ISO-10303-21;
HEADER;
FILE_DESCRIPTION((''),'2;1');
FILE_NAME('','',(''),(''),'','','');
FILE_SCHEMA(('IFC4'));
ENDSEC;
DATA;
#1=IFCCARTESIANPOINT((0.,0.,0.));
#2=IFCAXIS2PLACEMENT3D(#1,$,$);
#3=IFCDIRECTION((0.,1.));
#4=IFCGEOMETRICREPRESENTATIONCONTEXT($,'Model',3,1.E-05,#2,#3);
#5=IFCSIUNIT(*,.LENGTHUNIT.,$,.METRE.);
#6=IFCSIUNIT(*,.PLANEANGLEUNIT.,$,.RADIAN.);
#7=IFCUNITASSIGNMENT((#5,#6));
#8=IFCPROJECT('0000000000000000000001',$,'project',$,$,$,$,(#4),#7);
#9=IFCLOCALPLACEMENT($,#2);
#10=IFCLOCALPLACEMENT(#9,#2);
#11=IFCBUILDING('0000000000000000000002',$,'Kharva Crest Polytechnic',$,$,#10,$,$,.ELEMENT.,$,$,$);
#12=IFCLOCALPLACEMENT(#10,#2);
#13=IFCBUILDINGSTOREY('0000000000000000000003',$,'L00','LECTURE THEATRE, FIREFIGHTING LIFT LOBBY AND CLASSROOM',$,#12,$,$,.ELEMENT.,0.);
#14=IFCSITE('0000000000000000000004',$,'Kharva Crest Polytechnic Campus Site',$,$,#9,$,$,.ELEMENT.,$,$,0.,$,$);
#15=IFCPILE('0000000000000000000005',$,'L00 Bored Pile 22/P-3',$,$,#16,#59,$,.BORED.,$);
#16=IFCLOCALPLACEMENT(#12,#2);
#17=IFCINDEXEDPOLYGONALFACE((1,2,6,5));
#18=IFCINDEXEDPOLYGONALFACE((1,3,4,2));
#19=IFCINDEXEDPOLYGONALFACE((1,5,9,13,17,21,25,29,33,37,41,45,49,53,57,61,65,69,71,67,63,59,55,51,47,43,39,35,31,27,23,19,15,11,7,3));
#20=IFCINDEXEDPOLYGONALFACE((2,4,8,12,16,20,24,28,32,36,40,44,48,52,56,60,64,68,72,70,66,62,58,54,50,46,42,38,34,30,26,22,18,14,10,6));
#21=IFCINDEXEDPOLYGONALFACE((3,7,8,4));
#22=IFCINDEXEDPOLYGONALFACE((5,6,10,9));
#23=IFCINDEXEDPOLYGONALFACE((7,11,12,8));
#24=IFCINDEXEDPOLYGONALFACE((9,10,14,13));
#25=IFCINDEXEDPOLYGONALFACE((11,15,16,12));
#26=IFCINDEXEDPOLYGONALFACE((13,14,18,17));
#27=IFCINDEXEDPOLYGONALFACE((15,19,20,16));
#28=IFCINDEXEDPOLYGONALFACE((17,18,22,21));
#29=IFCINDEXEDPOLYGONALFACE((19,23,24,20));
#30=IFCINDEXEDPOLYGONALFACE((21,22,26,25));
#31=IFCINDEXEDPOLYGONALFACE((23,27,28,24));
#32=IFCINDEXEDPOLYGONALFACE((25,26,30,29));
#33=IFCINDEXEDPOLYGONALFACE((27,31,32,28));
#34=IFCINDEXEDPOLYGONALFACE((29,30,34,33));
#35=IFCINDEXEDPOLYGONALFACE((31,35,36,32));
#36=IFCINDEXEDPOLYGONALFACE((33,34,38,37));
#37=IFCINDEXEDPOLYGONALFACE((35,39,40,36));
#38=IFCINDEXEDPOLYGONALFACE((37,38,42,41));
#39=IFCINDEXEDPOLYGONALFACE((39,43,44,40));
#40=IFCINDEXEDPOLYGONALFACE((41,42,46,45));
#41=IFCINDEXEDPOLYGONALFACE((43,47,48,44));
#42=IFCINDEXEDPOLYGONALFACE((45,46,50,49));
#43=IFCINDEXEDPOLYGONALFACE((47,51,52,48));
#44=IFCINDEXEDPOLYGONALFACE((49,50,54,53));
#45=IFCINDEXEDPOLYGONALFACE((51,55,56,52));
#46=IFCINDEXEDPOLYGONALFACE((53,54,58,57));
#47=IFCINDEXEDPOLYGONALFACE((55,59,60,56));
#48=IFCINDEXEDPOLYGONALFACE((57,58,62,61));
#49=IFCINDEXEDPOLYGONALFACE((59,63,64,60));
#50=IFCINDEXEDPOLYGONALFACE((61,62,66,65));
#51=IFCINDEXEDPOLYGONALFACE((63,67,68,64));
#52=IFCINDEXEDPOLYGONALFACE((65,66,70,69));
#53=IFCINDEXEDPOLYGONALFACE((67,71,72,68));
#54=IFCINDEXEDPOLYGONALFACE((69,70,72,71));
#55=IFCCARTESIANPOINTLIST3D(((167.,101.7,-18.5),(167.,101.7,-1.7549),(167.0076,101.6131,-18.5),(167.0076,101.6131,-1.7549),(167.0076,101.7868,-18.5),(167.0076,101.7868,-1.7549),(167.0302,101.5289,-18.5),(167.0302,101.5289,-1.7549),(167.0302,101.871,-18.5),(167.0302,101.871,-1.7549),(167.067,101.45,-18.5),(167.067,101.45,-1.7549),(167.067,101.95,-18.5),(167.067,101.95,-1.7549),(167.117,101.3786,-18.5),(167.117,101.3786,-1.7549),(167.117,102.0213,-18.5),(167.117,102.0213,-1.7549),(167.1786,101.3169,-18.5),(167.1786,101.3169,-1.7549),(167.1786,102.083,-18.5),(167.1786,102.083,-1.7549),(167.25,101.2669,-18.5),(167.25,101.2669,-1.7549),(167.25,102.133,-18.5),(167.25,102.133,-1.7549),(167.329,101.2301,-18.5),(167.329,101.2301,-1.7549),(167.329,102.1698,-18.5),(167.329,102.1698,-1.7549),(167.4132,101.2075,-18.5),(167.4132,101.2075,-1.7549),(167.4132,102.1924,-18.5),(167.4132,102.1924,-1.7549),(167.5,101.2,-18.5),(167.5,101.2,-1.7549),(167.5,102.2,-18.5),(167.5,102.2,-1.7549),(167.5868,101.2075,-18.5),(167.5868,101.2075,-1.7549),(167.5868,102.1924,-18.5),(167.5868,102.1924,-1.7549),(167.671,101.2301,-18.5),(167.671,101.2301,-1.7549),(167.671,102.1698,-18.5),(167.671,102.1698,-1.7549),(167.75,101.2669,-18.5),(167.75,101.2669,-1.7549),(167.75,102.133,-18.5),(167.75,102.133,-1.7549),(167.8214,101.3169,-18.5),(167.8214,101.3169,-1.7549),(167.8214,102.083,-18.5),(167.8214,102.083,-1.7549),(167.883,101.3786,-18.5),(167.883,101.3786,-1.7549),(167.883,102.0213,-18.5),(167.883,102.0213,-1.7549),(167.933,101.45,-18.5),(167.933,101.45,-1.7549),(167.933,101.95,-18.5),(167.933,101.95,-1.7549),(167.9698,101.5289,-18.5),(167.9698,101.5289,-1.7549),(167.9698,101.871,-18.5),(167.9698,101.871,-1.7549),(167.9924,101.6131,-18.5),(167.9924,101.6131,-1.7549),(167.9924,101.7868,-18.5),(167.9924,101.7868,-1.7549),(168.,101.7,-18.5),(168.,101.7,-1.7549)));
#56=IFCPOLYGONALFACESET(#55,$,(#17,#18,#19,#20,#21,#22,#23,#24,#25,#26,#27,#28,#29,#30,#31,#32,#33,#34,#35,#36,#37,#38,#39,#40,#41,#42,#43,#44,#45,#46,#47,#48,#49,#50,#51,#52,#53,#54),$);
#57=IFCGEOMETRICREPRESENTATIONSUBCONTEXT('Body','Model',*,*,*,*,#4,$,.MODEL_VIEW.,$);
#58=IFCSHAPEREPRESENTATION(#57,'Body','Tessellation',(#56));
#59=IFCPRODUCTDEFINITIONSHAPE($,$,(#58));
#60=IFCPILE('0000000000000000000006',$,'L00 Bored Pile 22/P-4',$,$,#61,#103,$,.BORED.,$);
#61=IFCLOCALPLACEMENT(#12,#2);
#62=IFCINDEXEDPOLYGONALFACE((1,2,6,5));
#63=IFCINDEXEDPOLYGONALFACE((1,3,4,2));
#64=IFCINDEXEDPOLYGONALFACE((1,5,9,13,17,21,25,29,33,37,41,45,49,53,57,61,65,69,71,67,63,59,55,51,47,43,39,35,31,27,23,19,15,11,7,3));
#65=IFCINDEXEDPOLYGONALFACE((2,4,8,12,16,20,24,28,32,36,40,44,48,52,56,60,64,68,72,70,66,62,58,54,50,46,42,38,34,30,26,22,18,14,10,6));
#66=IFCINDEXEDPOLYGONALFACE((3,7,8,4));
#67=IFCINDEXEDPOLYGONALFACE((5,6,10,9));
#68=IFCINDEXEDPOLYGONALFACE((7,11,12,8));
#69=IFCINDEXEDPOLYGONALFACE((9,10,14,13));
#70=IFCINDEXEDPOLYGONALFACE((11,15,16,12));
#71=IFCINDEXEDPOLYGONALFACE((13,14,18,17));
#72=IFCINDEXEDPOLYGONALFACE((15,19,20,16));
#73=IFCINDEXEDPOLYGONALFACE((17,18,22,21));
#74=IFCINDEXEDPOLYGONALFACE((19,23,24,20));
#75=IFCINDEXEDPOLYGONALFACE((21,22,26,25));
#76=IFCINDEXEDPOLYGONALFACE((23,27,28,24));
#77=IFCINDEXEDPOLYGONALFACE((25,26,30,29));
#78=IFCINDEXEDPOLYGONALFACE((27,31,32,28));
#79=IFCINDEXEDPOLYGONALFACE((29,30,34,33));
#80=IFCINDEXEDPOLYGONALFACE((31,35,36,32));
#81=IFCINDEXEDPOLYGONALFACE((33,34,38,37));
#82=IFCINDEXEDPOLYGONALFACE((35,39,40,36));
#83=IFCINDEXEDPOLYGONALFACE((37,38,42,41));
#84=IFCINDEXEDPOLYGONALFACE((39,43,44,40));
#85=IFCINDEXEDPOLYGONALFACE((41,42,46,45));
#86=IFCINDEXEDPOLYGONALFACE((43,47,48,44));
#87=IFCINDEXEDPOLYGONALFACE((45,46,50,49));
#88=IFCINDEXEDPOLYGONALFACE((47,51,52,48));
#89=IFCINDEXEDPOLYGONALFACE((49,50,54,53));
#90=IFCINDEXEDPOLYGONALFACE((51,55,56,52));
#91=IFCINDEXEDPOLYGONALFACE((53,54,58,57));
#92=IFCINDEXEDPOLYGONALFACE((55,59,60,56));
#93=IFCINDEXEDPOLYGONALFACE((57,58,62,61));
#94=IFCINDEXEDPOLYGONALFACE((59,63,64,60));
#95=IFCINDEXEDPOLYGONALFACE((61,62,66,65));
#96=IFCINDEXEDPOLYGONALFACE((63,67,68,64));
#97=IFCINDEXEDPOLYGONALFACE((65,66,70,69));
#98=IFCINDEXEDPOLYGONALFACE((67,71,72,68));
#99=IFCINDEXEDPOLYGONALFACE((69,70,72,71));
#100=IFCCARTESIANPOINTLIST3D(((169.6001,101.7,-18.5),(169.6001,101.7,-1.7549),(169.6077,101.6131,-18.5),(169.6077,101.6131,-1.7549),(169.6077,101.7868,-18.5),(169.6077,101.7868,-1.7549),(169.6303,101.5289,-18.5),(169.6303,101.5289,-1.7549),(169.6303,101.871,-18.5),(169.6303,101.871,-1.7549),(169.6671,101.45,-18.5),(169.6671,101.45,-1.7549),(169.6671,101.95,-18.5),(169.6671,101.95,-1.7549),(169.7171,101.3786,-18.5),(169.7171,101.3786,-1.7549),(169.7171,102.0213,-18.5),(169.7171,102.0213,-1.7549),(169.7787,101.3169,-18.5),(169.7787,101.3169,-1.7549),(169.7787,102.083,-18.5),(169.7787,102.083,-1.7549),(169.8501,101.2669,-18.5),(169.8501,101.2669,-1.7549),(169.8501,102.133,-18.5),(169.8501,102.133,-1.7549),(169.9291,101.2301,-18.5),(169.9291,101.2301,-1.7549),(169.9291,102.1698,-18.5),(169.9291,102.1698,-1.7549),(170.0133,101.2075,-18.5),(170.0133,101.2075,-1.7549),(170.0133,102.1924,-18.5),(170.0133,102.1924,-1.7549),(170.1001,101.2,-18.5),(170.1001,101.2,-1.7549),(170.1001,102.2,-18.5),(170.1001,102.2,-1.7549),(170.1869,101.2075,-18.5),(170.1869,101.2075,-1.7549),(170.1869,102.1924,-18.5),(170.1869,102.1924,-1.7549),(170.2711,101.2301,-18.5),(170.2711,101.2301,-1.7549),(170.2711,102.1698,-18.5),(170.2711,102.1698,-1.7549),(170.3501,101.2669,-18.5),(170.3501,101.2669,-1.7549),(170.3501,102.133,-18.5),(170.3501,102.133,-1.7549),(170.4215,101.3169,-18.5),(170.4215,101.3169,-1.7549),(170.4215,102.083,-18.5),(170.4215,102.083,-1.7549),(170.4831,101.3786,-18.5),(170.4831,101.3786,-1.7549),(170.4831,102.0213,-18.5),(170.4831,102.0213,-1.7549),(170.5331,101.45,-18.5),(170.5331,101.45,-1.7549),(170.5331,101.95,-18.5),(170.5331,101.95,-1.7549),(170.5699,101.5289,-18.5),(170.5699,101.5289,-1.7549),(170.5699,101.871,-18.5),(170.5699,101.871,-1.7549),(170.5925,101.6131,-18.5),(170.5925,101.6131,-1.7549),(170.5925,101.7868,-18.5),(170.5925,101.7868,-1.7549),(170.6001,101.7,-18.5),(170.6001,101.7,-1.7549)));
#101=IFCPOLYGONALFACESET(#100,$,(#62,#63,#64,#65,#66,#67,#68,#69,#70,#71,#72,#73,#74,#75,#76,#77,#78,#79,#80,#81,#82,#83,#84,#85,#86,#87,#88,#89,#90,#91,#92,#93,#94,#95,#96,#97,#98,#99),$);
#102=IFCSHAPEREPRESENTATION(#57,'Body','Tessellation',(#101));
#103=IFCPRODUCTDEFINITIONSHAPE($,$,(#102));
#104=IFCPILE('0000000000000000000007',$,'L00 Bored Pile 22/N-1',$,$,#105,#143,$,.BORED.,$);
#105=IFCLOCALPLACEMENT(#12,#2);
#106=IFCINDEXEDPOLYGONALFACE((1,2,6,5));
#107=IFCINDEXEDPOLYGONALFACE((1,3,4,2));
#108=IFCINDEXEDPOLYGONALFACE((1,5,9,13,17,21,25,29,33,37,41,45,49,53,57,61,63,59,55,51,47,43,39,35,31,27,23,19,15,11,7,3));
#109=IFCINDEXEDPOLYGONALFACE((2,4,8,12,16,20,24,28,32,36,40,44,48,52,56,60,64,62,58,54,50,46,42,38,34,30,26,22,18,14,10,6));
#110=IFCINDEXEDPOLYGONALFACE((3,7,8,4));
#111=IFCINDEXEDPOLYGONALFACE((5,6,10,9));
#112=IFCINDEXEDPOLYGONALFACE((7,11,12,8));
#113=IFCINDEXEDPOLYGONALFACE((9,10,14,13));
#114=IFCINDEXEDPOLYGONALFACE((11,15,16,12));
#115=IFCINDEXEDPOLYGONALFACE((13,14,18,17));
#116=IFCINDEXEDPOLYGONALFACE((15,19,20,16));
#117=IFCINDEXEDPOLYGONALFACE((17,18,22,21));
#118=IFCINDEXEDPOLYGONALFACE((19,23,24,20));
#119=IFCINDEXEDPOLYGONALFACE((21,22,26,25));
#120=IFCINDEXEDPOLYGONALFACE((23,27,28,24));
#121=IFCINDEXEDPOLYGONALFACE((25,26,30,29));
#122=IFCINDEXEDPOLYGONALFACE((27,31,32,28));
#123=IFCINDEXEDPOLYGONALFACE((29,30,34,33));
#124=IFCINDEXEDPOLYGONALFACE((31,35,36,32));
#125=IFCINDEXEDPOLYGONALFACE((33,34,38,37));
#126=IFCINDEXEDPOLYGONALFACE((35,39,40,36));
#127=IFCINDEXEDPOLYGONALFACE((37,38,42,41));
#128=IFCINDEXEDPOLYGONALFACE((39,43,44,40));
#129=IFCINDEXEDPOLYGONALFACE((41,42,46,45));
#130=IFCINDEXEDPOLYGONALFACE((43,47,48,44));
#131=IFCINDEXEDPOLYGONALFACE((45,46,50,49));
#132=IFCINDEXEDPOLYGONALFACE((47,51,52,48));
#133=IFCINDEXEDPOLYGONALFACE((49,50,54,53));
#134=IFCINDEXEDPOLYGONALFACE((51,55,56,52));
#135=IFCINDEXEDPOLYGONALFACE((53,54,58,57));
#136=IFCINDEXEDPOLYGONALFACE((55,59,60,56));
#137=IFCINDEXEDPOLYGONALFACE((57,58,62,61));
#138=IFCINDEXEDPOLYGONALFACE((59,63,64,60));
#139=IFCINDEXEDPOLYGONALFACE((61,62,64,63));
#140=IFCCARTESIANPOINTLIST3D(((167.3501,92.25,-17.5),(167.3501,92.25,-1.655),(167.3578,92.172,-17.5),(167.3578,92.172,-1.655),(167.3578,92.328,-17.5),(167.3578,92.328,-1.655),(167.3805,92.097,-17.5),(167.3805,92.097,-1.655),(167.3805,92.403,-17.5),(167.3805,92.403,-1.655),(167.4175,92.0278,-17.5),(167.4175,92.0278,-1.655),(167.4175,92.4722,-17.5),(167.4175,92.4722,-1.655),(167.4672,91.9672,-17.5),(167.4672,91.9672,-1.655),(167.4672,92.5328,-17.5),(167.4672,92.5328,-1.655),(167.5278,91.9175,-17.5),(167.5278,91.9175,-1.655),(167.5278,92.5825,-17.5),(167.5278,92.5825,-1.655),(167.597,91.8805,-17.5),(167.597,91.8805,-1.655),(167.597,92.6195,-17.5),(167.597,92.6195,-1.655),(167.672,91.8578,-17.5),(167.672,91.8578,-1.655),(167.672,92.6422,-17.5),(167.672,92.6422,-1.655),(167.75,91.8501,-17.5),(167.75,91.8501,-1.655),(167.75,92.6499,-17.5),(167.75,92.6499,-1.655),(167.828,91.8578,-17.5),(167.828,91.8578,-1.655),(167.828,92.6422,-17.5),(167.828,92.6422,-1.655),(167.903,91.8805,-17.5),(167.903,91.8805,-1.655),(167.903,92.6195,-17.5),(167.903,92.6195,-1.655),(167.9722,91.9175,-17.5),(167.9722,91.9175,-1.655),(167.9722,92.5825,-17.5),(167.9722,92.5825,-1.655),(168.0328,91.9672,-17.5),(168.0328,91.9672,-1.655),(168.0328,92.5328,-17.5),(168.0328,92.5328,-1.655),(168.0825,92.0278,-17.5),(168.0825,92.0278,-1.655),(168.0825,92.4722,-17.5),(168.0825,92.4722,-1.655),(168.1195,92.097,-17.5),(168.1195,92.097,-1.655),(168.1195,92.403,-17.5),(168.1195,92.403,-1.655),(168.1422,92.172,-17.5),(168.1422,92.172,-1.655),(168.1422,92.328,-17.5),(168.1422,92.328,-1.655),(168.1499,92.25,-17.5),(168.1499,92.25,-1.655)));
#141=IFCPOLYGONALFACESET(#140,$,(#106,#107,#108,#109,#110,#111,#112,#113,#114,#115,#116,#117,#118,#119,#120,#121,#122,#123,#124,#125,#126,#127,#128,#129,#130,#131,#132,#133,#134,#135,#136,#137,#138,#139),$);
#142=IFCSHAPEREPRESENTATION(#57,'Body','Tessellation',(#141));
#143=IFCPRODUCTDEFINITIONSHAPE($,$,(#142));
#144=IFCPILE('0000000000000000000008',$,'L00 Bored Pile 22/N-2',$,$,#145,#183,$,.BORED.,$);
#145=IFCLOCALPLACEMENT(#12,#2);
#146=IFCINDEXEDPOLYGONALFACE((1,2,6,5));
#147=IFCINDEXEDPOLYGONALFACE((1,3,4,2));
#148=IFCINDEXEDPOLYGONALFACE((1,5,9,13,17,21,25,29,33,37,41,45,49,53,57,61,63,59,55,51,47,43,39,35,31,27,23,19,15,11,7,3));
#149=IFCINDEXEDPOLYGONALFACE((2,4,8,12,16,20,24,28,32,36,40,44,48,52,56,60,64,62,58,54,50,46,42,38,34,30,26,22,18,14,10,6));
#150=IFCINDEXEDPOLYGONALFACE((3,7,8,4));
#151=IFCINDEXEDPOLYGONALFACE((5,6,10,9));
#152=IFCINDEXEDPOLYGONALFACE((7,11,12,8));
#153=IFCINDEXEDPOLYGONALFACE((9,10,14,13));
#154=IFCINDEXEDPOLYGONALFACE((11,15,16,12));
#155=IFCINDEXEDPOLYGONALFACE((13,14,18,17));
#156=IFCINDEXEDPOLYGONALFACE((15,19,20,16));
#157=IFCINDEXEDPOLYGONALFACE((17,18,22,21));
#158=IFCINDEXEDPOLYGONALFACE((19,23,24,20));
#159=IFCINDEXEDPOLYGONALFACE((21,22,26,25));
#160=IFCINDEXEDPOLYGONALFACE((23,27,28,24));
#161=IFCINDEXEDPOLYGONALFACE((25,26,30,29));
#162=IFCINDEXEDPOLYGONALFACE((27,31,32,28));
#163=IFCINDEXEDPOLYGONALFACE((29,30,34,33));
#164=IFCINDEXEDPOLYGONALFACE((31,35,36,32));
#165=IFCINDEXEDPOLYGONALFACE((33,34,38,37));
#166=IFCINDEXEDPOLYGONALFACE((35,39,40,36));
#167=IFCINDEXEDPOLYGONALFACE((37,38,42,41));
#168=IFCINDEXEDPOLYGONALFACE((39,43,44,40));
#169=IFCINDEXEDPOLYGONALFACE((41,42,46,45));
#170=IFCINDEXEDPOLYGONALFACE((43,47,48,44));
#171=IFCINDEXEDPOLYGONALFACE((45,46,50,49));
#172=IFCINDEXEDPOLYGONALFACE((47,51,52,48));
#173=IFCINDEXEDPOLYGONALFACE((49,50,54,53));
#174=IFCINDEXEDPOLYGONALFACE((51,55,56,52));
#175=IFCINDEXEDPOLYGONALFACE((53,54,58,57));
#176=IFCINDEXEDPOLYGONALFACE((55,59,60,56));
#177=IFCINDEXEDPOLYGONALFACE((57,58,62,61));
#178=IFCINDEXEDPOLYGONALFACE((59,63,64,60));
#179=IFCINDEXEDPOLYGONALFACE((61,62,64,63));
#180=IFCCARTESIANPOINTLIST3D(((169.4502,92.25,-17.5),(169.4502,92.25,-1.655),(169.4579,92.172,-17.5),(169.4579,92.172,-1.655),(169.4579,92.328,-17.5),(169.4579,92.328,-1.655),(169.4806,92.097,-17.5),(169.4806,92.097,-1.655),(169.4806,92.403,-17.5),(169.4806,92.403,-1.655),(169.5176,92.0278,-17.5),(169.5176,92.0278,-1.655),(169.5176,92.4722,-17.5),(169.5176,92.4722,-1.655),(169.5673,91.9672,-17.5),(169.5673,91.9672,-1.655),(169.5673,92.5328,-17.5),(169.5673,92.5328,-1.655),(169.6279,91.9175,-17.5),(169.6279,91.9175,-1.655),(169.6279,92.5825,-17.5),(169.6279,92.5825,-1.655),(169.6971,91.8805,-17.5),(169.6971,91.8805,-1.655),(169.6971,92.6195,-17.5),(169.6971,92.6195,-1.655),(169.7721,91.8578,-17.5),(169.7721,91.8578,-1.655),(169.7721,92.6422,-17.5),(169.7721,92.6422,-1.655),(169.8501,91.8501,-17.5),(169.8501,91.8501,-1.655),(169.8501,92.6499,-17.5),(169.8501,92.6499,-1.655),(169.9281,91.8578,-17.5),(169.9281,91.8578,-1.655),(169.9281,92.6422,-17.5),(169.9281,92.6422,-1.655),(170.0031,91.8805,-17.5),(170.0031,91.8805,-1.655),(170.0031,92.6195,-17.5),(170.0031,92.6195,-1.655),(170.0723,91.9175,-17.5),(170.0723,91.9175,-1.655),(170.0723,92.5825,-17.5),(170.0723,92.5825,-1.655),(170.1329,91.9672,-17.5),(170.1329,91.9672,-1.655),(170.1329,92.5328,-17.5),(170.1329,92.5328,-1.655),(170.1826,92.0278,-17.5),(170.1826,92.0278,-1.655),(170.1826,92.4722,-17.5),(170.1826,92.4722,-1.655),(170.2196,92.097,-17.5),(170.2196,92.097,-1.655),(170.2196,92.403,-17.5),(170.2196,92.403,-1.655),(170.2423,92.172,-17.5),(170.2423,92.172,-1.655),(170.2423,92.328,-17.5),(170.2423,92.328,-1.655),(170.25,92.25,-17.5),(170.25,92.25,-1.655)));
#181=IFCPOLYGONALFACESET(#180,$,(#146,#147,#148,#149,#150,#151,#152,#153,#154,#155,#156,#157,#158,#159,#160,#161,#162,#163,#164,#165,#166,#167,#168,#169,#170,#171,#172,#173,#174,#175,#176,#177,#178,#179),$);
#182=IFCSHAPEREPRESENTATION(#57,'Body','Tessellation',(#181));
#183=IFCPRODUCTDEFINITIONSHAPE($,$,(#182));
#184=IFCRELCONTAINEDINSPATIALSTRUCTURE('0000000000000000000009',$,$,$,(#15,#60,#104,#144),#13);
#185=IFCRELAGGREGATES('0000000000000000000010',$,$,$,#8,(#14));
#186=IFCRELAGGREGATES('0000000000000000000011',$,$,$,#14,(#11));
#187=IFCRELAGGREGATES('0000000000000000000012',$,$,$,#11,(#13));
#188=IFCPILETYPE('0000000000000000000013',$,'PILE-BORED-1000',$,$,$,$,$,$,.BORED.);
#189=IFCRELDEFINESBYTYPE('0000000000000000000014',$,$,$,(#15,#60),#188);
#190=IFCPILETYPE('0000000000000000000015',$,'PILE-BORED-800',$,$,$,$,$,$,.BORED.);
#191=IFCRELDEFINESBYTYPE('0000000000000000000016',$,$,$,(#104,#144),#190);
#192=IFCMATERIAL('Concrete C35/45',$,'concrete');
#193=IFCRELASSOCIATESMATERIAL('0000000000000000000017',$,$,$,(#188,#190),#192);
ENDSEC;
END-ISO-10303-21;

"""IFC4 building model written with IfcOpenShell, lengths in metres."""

from ifc_helpers import new_model, si_unit, direction, frame, origin, origin_2d, place, context, subcontext, project, spatial, circle, extrude, material, material_profile, profile_set, type_object, element, save


model = new_model("IFC4")

# Units and contexts
model_context = context("Model", 3, precision=1e-05, world=origin(), true_north=direction((0.0, 1.0)))
body_context = subcontext(model_context, "Body", "Model", "MODEL_VIEW")
ifc_project = project(units=[si_unit("LENGTHUNIT", "METRE"), si_unit("PLANEANGLEUNIT", "RADIAN")], contexts=[model_context])

# Site, building, storey
site_placement = place(None, origin())
site = spatial("IfcSite", under=ifc_project, at=site_placement, Name="Kharva Crest Polytechnic Campus Site", CompositionType="ELEMENT", RefElevation=0.0)
building_placement = place(site_placement, origin())
building = spatial("IfcBuilding", under=site, at=building_placement, Name="Kharva Crest Polytechnic", CompositionType="ELEMENT")
storey_placement = place(building_placement, origin())
storey = spatial("IfcBuildingStorey", under=building, at=storey_placement, Name="L00", Description="LECTURE THEATRE, FIREFIGHTING LIFT LOBBY AND CLASSROOM", CompositionType="ELEMENT", Elevation=0.0)

# Shared definitions
ifc_material_1 = material(Name="Concrete C35/45", Category="concrete")

# Piles
ifc_material_profile_1 = material_profile(ifc_material_1, circle(Radius=0.5, at=origin_2d()), Name="DIA 1000")
ifc_profile_set_1 = profile_set([ifc_material_profile_1], Name="Concrete C35/45")
pile_type_1 = type_object("IfcPileType", Name="PILE-BORED-1000", PredefinedType="BORED", material=ifc_profile_set_1)
for number, where, z_axis, x_axis, name in (
    (1, (167.5, 101.7, -1.7549), (0.0, 0.0, -1.0), (1.0, 0.0, 0.0), "L00 Bored Pile 22/P-3"),
    (2, (170.1001, 101.7, -1.7549), (0.0, 0.0, -1.0), (1.0, 0.0, 0.0), "L00 Bored Pile 22/P-4"),
):
    element("IfcPile", number, at=place(storey_placement, frame(where, z_axis=z_axis, x_axis=x_axis)), inside=storey, type_object=pile_type_1, Name=name, PredefinedType="BORED", context=body_context, shape_type="SweptSolid", body=[
        extrude(circle(Radius=0.5, at=origin_2d()), origin(), (0.0, 0.0, 1.0), 16.7451),
    ])
ifc_material_profile_2 = material_profile(ifc_material_1, circle(Radius=0.3999, at=origin_2d()), Name="DIA 800")
ifc_profile_set_2 = profile_set([ifc_material_profile_2], Name="Concrete C35/45")
pile_type_2 = type_object("IfcPileType", Name="PILE-BORED-800", PredefinedType="BORED", material=ifc_profile_set_2)
for number, where, z_axis, x_axis, name in (
    (3, (167.75, 92.25, -1.655), (0.0, 0.0, -1.0), (1.0, 0.0, 0.0), "L00 Bored Pile 22/N-1"),
    (4, (169.8501, 92.25, -1.655), (0.0, 0.0, -1.0), (1.0, 0.0, 0.0), "L00 Bored Pile 22/N-2"),
):
    element("IfcPile", number, at=place(storey_placement, frame(where, z_axis=z_axis, x_axis=x_axis)), inside=storey, type_object=pile_type_2, Name=name, PredefinedType="BORED", context=body_context, shape_type="SweptSolid", body=[
        extrude(circle(Radius=0.3999, at=origin_2d()), origin(), (0.0, 0.0, 1.0), 15.845),
    ])

save(model, "model.ifc")
